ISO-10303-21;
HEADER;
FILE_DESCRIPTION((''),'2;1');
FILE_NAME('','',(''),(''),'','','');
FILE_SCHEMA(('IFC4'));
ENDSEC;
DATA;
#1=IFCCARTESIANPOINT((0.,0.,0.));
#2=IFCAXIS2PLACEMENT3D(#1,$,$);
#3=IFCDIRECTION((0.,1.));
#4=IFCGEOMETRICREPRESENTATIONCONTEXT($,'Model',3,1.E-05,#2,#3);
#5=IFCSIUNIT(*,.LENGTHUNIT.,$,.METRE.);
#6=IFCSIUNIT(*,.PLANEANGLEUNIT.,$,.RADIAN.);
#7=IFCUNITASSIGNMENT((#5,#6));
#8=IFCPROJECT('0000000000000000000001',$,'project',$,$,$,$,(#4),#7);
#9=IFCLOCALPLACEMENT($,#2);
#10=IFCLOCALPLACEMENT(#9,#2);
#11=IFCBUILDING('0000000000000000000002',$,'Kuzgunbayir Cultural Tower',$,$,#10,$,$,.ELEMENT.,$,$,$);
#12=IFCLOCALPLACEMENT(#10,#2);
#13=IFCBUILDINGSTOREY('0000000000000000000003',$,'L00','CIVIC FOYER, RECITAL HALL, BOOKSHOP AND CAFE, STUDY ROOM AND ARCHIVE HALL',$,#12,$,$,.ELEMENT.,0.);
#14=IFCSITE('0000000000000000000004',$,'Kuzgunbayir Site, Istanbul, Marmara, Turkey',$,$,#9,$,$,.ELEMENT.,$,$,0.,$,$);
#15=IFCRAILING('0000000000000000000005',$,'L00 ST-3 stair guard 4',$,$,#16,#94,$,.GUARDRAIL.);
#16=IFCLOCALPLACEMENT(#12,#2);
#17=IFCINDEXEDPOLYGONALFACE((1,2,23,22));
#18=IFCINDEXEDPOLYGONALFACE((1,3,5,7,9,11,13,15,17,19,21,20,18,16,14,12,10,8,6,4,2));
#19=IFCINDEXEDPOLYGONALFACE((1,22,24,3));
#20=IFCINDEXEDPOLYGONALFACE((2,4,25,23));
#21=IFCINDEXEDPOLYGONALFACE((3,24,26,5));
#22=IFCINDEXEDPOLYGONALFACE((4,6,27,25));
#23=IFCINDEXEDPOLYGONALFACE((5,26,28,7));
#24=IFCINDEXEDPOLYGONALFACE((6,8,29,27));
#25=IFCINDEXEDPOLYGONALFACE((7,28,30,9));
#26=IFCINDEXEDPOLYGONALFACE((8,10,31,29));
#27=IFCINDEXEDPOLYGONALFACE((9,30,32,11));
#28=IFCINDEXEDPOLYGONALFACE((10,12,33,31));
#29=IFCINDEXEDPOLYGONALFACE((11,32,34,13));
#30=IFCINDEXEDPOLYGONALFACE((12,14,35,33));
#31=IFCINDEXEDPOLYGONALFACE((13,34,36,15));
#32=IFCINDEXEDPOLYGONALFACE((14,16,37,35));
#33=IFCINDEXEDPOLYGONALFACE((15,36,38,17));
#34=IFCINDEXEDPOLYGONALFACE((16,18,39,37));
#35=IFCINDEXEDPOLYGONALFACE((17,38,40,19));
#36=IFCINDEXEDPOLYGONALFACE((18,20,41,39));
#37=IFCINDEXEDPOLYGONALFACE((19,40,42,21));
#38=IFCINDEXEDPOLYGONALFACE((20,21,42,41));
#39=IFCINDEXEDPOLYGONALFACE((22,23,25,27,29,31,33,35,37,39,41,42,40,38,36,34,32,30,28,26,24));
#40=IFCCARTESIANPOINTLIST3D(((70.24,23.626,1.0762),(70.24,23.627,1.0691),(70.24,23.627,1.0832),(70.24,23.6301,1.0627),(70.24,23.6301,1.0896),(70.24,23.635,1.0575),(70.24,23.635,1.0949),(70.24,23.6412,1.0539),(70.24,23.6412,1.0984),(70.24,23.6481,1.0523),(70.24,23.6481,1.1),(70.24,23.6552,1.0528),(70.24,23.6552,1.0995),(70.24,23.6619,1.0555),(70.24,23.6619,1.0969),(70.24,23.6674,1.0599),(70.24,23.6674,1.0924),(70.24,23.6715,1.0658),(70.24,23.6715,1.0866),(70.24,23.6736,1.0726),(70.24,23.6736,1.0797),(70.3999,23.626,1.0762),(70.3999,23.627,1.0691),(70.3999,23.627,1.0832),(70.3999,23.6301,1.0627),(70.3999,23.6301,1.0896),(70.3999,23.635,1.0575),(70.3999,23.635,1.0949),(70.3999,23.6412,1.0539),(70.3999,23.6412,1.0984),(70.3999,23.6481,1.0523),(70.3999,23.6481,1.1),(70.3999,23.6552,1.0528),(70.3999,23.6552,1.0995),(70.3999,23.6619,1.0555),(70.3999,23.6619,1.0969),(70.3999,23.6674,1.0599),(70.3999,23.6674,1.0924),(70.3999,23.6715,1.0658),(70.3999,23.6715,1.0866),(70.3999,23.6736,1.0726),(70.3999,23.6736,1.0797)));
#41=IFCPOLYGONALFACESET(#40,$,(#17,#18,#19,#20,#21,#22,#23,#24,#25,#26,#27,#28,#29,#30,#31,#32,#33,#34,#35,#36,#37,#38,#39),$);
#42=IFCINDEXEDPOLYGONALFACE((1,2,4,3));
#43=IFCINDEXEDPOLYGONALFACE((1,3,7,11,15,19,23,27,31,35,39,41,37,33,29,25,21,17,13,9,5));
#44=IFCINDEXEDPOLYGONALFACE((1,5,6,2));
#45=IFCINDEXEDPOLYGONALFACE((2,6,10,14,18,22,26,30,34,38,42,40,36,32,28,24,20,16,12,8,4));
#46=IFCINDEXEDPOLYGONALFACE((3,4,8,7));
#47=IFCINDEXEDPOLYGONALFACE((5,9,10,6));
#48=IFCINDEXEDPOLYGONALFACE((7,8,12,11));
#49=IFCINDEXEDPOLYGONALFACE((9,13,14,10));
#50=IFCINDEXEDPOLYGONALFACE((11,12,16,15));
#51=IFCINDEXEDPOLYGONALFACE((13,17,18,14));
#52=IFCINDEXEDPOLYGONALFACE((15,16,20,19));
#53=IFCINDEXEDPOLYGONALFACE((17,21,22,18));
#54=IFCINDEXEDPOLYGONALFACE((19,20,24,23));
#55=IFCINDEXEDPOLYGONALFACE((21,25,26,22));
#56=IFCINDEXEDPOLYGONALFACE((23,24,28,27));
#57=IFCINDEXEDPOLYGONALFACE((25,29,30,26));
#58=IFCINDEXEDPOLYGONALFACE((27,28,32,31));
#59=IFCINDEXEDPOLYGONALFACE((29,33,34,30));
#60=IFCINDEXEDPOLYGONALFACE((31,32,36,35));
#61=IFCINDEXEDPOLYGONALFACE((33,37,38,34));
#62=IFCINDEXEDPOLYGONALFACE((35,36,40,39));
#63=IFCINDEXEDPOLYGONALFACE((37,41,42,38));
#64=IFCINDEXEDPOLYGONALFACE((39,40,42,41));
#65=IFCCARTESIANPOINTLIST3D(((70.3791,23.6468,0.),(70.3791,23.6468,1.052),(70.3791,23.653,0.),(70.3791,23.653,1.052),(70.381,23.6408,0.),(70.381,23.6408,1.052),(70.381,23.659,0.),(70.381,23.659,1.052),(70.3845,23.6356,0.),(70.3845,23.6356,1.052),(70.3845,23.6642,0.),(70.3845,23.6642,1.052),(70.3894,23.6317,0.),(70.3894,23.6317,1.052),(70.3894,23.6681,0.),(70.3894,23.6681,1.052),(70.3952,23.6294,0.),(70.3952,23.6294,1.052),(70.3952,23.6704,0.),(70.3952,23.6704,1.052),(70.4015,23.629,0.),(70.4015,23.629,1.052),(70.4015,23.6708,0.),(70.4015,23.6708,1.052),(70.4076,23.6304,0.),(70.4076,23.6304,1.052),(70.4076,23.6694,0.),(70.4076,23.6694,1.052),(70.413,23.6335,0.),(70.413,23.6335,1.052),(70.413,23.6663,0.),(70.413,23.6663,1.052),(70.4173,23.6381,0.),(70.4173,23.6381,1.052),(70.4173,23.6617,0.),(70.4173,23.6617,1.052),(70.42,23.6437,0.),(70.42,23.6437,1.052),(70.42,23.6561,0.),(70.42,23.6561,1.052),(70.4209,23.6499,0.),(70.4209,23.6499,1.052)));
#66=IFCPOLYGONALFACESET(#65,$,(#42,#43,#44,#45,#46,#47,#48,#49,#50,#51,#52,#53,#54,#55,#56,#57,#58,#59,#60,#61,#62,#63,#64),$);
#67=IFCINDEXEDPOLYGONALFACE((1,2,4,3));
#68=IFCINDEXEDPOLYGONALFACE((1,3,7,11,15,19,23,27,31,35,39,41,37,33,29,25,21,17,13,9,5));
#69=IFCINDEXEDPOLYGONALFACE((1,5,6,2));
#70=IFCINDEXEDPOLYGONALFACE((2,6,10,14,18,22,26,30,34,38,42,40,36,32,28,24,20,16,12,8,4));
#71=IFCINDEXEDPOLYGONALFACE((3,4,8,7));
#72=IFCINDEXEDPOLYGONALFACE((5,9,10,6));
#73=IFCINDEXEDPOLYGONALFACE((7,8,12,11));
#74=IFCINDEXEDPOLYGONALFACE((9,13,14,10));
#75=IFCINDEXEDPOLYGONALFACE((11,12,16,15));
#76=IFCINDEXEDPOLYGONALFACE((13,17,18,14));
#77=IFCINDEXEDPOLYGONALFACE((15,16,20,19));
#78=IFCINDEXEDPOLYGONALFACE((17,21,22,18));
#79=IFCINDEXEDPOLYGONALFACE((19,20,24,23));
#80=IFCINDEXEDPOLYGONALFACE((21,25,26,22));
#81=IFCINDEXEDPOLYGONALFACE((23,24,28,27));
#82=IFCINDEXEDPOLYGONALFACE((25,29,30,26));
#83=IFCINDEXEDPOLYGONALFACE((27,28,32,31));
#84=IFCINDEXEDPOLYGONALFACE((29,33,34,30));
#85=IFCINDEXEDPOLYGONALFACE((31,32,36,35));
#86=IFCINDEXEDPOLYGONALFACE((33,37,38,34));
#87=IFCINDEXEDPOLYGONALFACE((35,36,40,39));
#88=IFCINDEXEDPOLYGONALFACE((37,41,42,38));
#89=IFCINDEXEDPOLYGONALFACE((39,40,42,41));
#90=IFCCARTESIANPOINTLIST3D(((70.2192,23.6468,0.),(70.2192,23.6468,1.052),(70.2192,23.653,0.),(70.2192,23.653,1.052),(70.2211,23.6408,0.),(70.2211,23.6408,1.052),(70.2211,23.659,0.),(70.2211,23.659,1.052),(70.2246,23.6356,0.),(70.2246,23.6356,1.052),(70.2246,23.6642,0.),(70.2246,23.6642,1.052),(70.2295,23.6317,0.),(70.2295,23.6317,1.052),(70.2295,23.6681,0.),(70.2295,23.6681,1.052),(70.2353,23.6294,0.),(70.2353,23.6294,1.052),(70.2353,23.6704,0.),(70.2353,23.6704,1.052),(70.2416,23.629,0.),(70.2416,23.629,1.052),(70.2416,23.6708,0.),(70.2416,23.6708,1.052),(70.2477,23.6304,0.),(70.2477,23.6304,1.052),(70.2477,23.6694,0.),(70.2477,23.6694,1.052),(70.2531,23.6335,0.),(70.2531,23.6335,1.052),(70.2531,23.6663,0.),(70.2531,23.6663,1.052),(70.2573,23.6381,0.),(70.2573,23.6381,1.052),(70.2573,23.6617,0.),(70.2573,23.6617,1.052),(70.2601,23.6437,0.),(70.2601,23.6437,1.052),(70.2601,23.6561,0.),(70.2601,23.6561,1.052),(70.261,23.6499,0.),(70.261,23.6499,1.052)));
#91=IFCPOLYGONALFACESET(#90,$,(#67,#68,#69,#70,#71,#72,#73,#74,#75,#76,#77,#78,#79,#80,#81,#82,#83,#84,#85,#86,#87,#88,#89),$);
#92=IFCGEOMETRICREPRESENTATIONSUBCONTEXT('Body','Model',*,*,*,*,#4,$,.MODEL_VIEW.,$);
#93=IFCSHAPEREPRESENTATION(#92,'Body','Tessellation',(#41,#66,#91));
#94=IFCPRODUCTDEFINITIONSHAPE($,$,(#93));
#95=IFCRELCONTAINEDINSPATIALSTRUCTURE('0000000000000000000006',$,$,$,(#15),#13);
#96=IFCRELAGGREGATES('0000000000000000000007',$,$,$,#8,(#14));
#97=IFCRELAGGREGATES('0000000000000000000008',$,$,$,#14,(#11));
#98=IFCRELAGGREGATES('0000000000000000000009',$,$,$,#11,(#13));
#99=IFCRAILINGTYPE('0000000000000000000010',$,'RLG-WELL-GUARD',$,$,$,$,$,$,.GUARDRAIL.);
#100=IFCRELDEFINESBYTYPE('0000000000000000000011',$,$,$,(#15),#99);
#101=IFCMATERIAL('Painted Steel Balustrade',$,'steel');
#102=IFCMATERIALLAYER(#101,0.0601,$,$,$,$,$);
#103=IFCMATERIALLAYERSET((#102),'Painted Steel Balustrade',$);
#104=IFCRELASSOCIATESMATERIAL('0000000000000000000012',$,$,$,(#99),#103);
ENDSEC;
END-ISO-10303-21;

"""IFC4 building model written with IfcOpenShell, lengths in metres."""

from ifc_helpers import new_model, si_unit, direction, frame, origin, origin_2d, place, context, subcontext, project, spatial, circle, extrude, material, layer, layer_set, type_object, element, save


model = new_model("IFC4")

# Units and contexts
model_context = context("Model", 3, precision=1e-05, world=origin(), true_north=direction((0.0, 1.0)))
body_context = subcontext(model_context, "Body", "Model", "MODEL_VIEW")
ifc_project = project(units=[si_unit("LENGTHUNIT", "METRE"), si_unit("PLANEANGLEUNIT", "RADIAN")], contexts=[model_context])

# Site, building, storey
site_placement = place(None, origin())
site = spatial("IfcSite", under=ifc_project, at=site_placement, Name="Kuzgunbayir Site, Istanbul, Marmara, Turkey", CompositionType="ELEMENT", RefElevation=0.0)
building_placement = place(site_placement, origin())
building = spatial("IfcBuilding", under=site, at=building_placement, Name="Kuzgunbayir Cultural Tower", CompositionType="ELEMENT")
storey_placement = place(building_placement, origin())
storey = spatial("IfcBuildingStorey", under=building, at=storey_placement, Name="L00", Description="CIVIC FOYER, RECITAL HALL, BOOKSHOP AND CAFE, STUDY ROOM AND ARCHIVE HALL", CompositionType="ELEMENT", Elevation=0.0)

# Railing
ifc_material_1 = material(Name="Painted Steel Balustrade", Category="steel")
ifc_layer_1 = layer(ifc_material_1, 0.0601)
ifc_layer_set_1 = layer_set([ifc_layer_1], Name="Painted Steel Balustrade")
railing_type_1 = type_object("IfcRailingType", Name="RLG-WELL-GUARD", PredefinedType="GUARDRAIL", material=ifc_layer_set_1)
railing_1_placement = place(storey_placement, frame((70.3999, 23.6499, 0.0)))
element("IfcRailing", 1, at=railing_1_placement, inside=storey, type_object=railing_type_1, Name="L00 ST-3 stair guard 4", PredefinedType="GUARDRAIL", context=body_context, shape_type="SweptSolid", body=[
    extrude(circle(Radius=0.0239, at=origin_2d()), frame((0.0, 0.0, 1.0762), z_axis=(-1.0, 0.0, 0.0), x_axis=(0.0, -1.0, 0.0)), (0.0, 0.0, 1.0), 0.1599),
    extrude(circle(Radius=0.021, at=origin_2d()), origin(), (0.0, 0.0, 1.0), 1.052),
    extrude(circle(Radius=0.021, at=origin_2d()), frame((-0.1599, 0.0, 0.0)), (0.0, 0.0, 1.0), 1.052),
])

save(model, "model.ifc")
